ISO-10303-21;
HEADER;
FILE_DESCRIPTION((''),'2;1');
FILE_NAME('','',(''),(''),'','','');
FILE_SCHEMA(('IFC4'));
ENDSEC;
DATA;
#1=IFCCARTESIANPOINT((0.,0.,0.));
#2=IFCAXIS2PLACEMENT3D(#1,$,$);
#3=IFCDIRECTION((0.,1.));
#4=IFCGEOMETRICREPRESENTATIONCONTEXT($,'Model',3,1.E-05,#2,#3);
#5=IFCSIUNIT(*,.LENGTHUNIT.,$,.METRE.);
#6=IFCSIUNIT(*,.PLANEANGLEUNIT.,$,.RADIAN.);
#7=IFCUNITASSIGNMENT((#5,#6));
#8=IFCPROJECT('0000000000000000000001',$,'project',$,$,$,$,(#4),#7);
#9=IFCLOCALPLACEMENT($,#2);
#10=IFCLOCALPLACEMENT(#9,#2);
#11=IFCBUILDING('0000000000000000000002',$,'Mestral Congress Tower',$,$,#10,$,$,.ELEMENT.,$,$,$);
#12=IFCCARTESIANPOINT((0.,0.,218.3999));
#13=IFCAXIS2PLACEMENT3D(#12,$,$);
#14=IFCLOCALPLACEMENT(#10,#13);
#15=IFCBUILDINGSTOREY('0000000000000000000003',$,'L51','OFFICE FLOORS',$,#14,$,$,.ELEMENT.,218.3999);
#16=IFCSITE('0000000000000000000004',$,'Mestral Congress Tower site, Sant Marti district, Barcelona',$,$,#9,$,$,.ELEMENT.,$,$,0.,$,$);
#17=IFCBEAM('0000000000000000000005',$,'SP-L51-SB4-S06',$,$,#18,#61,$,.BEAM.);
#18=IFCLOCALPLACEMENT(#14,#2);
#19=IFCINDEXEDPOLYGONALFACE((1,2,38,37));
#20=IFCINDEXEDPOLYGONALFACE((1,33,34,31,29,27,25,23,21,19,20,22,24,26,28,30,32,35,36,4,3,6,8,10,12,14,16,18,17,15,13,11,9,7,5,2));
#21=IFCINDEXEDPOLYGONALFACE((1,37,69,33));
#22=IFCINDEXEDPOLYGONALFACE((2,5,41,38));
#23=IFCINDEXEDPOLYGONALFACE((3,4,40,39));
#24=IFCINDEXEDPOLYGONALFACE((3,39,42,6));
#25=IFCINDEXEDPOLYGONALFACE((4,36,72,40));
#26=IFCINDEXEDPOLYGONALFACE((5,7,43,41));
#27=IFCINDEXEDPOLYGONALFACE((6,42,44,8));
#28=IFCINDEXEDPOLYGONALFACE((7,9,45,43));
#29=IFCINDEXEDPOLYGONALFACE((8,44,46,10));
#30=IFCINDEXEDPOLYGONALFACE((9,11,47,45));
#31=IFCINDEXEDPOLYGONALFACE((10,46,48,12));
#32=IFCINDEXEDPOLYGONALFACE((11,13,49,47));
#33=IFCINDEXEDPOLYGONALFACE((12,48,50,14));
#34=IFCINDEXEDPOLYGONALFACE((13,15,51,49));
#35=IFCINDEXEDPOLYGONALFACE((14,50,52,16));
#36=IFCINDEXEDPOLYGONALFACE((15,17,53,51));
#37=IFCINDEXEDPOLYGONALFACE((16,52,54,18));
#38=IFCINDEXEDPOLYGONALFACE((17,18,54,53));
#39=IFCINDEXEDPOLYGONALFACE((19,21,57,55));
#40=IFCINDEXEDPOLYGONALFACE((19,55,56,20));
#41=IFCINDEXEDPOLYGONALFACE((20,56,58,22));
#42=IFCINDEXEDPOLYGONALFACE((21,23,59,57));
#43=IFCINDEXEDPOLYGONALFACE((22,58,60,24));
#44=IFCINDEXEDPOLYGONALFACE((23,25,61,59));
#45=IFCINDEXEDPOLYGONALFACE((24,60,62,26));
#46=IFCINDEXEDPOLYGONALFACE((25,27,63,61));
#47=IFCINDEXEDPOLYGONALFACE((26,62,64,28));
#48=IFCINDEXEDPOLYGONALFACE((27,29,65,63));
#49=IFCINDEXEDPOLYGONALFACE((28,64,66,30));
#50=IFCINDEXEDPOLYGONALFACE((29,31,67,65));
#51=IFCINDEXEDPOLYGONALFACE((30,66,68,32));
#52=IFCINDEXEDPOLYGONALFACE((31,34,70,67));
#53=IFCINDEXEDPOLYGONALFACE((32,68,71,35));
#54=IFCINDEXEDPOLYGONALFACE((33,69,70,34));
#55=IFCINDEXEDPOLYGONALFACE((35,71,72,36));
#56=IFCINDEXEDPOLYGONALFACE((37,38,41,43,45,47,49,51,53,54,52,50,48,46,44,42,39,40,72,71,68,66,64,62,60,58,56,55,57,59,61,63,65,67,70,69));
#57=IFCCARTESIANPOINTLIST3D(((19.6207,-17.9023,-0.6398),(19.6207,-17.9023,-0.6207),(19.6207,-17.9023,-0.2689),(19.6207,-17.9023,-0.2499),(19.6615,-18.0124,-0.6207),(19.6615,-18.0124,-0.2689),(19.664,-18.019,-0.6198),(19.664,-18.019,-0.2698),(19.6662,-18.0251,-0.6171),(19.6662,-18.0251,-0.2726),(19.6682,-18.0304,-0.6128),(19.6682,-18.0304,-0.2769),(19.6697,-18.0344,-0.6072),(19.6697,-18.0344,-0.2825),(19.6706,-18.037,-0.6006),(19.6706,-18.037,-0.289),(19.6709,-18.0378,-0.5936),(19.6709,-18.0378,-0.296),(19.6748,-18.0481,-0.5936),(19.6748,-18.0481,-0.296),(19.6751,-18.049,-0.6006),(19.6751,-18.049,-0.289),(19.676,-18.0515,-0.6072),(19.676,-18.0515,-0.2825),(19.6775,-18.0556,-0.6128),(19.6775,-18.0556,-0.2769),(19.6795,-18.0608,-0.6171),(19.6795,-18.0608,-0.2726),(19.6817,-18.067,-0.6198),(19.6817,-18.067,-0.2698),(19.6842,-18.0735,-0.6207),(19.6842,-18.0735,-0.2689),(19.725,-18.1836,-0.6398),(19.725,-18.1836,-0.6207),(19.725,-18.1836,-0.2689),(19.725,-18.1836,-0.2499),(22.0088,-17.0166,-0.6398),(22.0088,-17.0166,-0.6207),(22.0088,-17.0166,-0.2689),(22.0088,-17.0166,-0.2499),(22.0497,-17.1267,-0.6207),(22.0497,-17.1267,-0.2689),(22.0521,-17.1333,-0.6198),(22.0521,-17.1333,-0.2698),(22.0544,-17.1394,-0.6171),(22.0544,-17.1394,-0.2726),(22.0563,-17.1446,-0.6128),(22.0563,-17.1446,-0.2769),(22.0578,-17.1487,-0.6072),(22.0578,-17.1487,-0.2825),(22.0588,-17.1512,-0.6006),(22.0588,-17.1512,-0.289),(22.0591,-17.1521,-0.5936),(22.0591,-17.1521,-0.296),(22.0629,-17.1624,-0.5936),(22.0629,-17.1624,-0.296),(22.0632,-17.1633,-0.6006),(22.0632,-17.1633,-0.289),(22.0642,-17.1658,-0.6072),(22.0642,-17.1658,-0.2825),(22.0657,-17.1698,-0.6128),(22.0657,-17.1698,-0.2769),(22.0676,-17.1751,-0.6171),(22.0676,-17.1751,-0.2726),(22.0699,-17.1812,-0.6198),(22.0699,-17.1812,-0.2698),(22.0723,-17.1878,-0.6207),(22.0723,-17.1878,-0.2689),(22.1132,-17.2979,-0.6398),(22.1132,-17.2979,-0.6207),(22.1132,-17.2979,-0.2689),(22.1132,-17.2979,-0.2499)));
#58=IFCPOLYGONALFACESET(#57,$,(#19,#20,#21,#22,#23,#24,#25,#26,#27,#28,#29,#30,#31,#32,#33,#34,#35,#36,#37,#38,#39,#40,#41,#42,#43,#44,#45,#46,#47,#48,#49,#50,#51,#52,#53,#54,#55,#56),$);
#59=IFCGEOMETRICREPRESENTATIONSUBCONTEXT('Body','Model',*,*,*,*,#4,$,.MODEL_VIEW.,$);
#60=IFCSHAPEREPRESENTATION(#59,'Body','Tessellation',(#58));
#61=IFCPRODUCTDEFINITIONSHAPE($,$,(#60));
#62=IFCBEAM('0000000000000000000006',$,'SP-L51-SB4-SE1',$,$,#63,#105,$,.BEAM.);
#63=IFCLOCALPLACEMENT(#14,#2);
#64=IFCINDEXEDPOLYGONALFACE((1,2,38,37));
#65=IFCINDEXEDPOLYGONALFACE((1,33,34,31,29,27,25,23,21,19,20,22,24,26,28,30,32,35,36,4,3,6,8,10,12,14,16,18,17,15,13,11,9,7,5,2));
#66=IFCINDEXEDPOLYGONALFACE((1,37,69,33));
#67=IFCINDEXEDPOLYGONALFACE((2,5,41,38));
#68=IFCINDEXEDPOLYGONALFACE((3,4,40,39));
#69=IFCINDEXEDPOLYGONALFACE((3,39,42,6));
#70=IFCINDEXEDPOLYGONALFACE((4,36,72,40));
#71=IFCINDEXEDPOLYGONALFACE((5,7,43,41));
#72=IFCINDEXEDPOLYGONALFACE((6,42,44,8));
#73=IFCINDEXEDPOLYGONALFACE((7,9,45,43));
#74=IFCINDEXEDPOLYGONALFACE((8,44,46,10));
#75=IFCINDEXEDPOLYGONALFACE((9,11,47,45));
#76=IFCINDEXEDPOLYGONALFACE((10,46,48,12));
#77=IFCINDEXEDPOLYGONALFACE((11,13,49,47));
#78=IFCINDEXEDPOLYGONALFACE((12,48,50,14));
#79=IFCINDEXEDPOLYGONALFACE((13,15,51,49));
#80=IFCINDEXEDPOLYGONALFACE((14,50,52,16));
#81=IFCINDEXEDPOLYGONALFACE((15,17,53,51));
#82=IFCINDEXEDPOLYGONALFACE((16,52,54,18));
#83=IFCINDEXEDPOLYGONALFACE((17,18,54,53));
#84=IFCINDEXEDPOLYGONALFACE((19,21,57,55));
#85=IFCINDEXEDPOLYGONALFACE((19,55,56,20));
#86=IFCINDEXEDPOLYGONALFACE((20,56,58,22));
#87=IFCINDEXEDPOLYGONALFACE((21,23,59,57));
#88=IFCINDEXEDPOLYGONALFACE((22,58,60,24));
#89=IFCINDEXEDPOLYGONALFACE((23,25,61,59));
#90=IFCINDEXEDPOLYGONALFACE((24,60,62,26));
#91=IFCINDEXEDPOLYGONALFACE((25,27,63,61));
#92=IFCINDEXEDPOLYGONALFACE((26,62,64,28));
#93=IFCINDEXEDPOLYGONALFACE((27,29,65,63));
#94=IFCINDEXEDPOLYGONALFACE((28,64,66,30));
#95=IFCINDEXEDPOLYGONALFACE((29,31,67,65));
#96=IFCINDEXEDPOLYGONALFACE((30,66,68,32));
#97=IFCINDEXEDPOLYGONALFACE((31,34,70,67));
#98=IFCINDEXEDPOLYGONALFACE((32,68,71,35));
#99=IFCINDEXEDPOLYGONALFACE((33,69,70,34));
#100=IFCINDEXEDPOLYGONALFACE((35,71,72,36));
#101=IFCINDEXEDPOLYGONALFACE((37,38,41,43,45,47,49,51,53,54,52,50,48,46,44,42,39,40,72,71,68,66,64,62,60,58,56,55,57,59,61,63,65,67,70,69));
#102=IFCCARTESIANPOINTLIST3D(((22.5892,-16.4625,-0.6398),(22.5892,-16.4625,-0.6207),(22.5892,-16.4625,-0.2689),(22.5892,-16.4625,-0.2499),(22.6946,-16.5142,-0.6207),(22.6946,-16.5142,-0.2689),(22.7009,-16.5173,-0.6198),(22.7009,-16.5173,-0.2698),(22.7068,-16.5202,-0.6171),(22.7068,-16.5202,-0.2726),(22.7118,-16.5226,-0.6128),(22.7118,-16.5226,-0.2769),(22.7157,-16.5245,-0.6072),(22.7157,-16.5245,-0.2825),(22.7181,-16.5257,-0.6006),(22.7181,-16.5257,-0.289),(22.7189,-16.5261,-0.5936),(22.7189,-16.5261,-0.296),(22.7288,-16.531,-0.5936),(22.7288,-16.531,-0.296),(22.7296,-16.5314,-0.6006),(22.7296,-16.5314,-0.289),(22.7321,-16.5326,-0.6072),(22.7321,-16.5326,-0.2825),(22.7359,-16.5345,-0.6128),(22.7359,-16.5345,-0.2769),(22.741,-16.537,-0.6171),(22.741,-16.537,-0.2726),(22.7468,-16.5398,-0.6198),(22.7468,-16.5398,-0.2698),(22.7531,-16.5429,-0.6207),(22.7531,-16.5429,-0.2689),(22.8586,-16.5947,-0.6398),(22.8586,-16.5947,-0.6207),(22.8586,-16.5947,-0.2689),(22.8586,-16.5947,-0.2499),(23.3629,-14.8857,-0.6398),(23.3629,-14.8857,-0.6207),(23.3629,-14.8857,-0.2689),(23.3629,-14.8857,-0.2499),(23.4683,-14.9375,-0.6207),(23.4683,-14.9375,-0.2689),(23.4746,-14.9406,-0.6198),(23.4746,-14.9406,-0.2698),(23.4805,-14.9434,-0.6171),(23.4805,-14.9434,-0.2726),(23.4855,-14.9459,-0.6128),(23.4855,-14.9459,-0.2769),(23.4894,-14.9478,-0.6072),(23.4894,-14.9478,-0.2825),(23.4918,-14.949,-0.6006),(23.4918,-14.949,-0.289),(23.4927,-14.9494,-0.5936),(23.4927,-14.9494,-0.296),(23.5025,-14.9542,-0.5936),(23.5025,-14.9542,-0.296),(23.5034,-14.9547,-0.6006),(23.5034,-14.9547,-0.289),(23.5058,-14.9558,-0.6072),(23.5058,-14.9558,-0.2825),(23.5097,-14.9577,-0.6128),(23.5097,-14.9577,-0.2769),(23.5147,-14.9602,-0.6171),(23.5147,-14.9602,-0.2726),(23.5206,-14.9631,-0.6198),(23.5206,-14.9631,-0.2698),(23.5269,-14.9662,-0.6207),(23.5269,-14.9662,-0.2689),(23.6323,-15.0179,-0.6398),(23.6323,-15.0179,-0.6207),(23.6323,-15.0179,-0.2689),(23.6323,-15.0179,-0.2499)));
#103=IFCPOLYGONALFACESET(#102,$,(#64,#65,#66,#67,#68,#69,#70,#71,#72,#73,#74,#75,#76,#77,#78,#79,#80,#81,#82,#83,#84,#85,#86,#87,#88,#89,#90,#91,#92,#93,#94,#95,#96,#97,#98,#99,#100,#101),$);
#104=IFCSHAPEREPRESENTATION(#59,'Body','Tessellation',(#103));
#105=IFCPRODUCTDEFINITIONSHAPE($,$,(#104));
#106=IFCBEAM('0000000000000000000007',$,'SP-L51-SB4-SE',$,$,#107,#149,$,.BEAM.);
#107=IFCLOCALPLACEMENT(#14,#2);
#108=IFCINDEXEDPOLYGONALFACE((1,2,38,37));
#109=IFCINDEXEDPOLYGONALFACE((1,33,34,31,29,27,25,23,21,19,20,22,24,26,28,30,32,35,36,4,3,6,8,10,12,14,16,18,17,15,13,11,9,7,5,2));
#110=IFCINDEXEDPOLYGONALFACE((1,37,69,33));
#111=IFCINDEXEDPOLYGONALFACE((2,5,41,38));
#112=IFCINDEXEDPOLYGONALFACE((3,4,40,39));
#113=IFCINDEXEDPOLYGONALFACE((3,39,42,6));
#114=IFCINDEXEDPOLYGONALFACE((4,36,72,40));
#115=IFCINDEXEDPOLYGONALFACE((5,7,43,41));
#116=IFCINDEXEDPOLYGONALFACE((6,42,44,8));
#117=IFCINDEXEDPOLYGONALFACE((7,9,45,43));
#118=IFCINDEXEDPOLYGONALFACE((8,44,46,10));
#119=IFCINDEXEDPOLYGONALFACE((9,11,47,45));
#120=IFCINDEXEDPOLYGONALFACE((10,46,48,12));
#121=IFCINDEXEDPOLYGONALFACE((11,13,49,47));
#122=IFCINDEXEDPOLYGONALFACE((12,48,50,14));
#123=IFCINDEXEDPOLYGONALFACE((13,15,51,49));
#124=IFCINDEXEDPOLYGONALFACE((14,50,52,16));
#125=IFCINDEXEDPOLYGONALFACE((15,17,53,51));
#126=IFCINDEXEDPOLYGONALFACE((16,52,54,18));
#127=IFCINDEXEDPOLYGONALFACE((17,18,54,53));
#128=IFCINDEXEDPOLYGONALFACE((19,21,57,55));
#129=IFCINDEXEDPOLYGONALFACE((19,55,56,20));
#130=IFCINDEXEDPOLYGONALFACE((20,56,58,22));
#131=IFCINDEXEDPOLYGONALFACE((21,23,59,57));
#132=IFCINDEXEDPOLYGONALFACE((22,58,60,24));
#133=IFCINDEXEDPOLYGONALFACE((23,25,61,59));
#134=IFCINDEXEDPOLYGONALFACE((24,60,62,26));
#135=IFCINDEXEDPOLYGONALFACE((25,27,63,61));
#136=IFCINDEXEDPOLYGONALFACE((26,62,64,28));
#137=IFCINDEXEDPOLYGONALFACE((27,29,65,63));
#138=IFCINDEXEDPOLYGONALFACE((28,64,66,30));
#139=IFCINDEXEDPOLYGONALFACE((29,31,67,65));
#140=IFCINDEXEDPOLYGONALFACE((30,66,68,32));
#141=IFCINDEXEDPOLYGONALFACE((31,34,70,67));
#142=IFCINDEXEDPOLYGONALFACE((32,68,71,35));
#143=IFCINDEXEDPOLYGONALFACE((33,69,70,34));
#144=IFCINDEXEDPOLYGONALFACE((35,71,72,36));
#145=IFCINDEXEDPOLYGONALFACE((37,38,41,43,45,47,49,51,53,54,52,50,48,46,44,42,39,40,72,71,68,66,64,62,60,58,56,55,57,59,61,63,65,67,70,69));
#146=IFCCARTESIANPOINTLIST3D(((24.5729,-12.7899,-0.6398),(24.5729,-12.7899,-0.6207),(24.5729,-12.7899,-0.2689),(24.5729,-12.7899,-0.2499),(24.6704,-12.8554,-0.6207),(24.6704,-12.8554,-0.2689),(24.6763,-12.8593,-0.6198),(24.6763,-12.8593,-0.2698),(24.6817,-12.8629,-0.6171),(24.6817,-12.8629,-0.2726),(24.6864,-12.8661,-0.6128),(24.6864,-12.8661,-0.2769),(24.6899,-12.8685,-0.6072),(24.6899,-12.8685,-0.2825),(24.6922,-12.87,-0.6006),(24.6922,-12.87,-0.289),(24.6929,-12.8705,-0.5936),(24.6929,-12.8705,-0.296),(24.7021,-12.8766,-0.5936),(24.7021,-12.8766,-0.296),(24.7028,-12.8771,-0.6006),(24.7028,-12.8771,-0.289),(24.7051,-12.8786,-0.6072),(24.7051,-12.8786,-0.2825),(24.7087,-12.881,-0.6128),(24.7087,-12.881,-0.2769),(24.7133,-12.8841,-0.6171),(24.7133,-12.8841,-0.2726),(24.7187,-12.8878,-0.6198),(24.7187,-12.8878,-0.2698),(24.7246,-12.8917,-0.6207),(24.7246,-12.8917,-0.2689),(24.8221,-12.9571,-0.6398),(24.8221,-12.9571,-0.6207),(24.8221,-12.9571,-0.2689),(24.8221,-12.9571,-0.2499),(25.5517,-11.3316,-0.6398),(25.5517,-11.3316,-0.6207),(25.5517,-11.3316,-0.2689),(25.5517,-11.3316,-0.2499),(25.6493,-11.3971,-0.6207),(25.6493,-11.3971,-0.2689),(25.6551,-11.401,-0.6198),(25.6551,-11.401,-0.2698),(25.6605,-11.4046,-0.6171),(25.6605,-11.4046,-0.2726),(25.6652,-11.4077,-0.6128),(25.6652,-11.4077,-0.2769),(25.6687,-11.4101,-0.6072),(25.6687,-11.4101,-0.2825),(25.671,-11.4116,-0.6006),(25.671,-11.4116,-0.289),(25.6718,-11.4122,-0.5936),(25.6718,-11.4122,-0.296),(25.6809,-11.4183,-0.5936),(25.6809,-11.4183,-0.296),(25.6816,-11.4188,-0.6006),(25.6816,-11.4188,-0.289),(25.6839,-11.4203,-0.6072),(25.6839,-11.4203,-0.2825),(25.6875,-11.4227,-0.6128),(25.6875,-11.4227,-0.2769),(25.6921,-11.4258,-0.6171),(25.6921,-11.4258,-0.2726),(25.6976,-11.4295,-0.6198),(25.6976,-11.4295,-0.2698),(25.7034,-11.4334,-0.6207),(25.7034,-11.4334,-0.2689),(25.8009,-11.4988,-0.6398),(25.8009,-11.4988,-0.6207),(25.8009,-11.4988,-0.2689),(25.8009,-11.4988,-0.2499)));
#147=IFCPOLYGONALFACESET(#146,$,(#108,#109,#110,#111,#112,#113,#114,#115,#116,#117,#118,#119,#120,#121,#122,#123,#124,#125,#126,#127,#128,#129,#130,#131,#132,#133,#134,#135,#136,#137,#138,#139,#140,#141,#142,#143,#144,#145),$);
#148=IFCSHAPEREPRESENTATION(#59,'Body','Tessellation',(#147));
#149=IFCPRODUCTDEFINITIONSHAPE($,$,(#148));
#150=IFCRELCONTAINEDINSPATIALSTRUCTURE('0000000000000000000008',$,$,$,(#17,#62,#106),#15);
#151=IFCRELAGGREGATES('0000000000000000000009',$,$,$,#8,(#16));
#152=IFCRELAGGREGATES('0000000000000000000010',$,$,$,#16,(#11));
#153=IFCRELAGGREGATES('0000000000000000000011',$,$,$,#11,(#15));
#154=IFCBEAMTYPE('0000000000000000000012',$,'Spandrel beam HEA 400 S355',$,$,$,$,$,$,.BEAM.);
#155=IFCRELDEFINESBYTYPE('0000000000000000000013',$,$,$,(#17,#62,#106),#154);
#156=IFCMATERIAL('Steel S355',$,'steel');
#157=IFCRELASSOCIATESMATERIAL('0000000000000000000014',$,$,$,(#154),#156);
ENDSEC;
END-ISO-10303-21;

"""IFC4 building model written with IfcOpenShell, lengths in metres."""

from ifc_helpers import new_model, si_unit, direction, frame, origin, origin_2d, place, context, subcontext, project, spatial, i_section, extrude, material, material_profile, profile_set, type_object, element, save


model = new_model("IFC4")

# Units and contexts
model_context = context("Model", 3, precision=1e-05, world=origin(), true_north=direction((0.0, 1.0)))
body_context = subcontext(model_context, "Body", "Model", "MODEL_VIEW")
ifc_project = project(units=[si_unit("LENGTHUNIT", "METRE"), si_unit("PLANEANGLEUNIT", "RADIAN")], contexts=[model_context])

# Site, building, storey
site_placement = place(None, origin())
site = spatial("IfcSite", under=ifc_project, at=site_placement, Name="Mestral Congress Tower site, Sant Marti district, Barcelona", CompositionType="ELEMENT", RefElevation=0.0)
building_placement = place(site_placement, origin())
building = spatial("IfcBuilding", under=site, at=building_placement, Name="Mestral Congress Tower", CompositionType="ELEMENT")
storey_placement = place(building_placement, frame((0.0, 0.0, 218.3999)))
storey = spatial("IfcBuildingStorey", under=building, at=storey_placement, Name="L51", Description="OFFICE FLOORS", CompositionType="ELEMENT", Elevation=218.3999)

# Beams
ifc_material_1 = material(Name="Steel S355", Category="steel")
ifc_material_profile_1 = material_profile(ifc_material_1, i_section(OverallWidth=0.3, OverallDepth=0.3899, WebThickness=0.011, FlangeThickness=0.019, FilletRadius=0.0271, at=origin_2d()), Name="HEA 400")
ifc_profile_set_1 = profile_set([ifc_material_profile_1], Name="Steel S355")
beam_type_1 = type_object("IfcBeamType", Name="Spandrel beam HEA 400 S355", PredefinedType="BEAM", material=ifc_profile_set_1)
beam_1_placement = place(storey_placement, frame((19.6729, -18.043, -0.4448), z_axis=(0.937591, 0.347739, 0.0), x_axis=(-0.347739, 0.937591, 0.0)))
element("IfcBeam", 1, at=beam_1_placement, inside=storey, type_object=beam_type_1, Name="SP-L51-SB4-S06", PredefinedType="BEAM", context=body_context, shape_type="SweptSolid", body=[
    extrude(i_section(OverallWidth=0.3, OverallDepth=0.3899, WebThickness=0.011, FlangeThickness=0.019, FilletRadius=0.0271, at=origin_2d()), origin(), (0.0, 0.0, 1.0), 2.5471),
])
for number, where, z_axis, x_axis, name in (
    (2, (22.7239, -16.5286, -0.4448), (0.440529, 0.897739, 0.0), (-0.897739, 0.440529, 0.0), "SP-L51-SB4-SE1"),
    (3, (24.6975, -12.8735, -0.4448), (0.557296, 0.830314, 0.0), (-0.830314, 0.557296, 0.0), "SP-L51-SB4-SE"),
):
    element("IfcBeam", number, at=place(storey_placement, frame(where, z_axis=z_axis, x_axis=x_axis)), inside=storey, type_object=beam_type_1, Name=name, PredefinedType="BEAM", context=body_context, shape_type="SweptSolid", body=[
        extrude(i_section(OverallWidth=0.3, OverallDepth=0.3899, WebThickness=0.011, FlangeThickness=0.019, FilletRadius=0.0271, at=origin_2d()), origin(), (0.0, 0.0, 1.0), 1.7563),
    ])

save(model, "model.ifc")
